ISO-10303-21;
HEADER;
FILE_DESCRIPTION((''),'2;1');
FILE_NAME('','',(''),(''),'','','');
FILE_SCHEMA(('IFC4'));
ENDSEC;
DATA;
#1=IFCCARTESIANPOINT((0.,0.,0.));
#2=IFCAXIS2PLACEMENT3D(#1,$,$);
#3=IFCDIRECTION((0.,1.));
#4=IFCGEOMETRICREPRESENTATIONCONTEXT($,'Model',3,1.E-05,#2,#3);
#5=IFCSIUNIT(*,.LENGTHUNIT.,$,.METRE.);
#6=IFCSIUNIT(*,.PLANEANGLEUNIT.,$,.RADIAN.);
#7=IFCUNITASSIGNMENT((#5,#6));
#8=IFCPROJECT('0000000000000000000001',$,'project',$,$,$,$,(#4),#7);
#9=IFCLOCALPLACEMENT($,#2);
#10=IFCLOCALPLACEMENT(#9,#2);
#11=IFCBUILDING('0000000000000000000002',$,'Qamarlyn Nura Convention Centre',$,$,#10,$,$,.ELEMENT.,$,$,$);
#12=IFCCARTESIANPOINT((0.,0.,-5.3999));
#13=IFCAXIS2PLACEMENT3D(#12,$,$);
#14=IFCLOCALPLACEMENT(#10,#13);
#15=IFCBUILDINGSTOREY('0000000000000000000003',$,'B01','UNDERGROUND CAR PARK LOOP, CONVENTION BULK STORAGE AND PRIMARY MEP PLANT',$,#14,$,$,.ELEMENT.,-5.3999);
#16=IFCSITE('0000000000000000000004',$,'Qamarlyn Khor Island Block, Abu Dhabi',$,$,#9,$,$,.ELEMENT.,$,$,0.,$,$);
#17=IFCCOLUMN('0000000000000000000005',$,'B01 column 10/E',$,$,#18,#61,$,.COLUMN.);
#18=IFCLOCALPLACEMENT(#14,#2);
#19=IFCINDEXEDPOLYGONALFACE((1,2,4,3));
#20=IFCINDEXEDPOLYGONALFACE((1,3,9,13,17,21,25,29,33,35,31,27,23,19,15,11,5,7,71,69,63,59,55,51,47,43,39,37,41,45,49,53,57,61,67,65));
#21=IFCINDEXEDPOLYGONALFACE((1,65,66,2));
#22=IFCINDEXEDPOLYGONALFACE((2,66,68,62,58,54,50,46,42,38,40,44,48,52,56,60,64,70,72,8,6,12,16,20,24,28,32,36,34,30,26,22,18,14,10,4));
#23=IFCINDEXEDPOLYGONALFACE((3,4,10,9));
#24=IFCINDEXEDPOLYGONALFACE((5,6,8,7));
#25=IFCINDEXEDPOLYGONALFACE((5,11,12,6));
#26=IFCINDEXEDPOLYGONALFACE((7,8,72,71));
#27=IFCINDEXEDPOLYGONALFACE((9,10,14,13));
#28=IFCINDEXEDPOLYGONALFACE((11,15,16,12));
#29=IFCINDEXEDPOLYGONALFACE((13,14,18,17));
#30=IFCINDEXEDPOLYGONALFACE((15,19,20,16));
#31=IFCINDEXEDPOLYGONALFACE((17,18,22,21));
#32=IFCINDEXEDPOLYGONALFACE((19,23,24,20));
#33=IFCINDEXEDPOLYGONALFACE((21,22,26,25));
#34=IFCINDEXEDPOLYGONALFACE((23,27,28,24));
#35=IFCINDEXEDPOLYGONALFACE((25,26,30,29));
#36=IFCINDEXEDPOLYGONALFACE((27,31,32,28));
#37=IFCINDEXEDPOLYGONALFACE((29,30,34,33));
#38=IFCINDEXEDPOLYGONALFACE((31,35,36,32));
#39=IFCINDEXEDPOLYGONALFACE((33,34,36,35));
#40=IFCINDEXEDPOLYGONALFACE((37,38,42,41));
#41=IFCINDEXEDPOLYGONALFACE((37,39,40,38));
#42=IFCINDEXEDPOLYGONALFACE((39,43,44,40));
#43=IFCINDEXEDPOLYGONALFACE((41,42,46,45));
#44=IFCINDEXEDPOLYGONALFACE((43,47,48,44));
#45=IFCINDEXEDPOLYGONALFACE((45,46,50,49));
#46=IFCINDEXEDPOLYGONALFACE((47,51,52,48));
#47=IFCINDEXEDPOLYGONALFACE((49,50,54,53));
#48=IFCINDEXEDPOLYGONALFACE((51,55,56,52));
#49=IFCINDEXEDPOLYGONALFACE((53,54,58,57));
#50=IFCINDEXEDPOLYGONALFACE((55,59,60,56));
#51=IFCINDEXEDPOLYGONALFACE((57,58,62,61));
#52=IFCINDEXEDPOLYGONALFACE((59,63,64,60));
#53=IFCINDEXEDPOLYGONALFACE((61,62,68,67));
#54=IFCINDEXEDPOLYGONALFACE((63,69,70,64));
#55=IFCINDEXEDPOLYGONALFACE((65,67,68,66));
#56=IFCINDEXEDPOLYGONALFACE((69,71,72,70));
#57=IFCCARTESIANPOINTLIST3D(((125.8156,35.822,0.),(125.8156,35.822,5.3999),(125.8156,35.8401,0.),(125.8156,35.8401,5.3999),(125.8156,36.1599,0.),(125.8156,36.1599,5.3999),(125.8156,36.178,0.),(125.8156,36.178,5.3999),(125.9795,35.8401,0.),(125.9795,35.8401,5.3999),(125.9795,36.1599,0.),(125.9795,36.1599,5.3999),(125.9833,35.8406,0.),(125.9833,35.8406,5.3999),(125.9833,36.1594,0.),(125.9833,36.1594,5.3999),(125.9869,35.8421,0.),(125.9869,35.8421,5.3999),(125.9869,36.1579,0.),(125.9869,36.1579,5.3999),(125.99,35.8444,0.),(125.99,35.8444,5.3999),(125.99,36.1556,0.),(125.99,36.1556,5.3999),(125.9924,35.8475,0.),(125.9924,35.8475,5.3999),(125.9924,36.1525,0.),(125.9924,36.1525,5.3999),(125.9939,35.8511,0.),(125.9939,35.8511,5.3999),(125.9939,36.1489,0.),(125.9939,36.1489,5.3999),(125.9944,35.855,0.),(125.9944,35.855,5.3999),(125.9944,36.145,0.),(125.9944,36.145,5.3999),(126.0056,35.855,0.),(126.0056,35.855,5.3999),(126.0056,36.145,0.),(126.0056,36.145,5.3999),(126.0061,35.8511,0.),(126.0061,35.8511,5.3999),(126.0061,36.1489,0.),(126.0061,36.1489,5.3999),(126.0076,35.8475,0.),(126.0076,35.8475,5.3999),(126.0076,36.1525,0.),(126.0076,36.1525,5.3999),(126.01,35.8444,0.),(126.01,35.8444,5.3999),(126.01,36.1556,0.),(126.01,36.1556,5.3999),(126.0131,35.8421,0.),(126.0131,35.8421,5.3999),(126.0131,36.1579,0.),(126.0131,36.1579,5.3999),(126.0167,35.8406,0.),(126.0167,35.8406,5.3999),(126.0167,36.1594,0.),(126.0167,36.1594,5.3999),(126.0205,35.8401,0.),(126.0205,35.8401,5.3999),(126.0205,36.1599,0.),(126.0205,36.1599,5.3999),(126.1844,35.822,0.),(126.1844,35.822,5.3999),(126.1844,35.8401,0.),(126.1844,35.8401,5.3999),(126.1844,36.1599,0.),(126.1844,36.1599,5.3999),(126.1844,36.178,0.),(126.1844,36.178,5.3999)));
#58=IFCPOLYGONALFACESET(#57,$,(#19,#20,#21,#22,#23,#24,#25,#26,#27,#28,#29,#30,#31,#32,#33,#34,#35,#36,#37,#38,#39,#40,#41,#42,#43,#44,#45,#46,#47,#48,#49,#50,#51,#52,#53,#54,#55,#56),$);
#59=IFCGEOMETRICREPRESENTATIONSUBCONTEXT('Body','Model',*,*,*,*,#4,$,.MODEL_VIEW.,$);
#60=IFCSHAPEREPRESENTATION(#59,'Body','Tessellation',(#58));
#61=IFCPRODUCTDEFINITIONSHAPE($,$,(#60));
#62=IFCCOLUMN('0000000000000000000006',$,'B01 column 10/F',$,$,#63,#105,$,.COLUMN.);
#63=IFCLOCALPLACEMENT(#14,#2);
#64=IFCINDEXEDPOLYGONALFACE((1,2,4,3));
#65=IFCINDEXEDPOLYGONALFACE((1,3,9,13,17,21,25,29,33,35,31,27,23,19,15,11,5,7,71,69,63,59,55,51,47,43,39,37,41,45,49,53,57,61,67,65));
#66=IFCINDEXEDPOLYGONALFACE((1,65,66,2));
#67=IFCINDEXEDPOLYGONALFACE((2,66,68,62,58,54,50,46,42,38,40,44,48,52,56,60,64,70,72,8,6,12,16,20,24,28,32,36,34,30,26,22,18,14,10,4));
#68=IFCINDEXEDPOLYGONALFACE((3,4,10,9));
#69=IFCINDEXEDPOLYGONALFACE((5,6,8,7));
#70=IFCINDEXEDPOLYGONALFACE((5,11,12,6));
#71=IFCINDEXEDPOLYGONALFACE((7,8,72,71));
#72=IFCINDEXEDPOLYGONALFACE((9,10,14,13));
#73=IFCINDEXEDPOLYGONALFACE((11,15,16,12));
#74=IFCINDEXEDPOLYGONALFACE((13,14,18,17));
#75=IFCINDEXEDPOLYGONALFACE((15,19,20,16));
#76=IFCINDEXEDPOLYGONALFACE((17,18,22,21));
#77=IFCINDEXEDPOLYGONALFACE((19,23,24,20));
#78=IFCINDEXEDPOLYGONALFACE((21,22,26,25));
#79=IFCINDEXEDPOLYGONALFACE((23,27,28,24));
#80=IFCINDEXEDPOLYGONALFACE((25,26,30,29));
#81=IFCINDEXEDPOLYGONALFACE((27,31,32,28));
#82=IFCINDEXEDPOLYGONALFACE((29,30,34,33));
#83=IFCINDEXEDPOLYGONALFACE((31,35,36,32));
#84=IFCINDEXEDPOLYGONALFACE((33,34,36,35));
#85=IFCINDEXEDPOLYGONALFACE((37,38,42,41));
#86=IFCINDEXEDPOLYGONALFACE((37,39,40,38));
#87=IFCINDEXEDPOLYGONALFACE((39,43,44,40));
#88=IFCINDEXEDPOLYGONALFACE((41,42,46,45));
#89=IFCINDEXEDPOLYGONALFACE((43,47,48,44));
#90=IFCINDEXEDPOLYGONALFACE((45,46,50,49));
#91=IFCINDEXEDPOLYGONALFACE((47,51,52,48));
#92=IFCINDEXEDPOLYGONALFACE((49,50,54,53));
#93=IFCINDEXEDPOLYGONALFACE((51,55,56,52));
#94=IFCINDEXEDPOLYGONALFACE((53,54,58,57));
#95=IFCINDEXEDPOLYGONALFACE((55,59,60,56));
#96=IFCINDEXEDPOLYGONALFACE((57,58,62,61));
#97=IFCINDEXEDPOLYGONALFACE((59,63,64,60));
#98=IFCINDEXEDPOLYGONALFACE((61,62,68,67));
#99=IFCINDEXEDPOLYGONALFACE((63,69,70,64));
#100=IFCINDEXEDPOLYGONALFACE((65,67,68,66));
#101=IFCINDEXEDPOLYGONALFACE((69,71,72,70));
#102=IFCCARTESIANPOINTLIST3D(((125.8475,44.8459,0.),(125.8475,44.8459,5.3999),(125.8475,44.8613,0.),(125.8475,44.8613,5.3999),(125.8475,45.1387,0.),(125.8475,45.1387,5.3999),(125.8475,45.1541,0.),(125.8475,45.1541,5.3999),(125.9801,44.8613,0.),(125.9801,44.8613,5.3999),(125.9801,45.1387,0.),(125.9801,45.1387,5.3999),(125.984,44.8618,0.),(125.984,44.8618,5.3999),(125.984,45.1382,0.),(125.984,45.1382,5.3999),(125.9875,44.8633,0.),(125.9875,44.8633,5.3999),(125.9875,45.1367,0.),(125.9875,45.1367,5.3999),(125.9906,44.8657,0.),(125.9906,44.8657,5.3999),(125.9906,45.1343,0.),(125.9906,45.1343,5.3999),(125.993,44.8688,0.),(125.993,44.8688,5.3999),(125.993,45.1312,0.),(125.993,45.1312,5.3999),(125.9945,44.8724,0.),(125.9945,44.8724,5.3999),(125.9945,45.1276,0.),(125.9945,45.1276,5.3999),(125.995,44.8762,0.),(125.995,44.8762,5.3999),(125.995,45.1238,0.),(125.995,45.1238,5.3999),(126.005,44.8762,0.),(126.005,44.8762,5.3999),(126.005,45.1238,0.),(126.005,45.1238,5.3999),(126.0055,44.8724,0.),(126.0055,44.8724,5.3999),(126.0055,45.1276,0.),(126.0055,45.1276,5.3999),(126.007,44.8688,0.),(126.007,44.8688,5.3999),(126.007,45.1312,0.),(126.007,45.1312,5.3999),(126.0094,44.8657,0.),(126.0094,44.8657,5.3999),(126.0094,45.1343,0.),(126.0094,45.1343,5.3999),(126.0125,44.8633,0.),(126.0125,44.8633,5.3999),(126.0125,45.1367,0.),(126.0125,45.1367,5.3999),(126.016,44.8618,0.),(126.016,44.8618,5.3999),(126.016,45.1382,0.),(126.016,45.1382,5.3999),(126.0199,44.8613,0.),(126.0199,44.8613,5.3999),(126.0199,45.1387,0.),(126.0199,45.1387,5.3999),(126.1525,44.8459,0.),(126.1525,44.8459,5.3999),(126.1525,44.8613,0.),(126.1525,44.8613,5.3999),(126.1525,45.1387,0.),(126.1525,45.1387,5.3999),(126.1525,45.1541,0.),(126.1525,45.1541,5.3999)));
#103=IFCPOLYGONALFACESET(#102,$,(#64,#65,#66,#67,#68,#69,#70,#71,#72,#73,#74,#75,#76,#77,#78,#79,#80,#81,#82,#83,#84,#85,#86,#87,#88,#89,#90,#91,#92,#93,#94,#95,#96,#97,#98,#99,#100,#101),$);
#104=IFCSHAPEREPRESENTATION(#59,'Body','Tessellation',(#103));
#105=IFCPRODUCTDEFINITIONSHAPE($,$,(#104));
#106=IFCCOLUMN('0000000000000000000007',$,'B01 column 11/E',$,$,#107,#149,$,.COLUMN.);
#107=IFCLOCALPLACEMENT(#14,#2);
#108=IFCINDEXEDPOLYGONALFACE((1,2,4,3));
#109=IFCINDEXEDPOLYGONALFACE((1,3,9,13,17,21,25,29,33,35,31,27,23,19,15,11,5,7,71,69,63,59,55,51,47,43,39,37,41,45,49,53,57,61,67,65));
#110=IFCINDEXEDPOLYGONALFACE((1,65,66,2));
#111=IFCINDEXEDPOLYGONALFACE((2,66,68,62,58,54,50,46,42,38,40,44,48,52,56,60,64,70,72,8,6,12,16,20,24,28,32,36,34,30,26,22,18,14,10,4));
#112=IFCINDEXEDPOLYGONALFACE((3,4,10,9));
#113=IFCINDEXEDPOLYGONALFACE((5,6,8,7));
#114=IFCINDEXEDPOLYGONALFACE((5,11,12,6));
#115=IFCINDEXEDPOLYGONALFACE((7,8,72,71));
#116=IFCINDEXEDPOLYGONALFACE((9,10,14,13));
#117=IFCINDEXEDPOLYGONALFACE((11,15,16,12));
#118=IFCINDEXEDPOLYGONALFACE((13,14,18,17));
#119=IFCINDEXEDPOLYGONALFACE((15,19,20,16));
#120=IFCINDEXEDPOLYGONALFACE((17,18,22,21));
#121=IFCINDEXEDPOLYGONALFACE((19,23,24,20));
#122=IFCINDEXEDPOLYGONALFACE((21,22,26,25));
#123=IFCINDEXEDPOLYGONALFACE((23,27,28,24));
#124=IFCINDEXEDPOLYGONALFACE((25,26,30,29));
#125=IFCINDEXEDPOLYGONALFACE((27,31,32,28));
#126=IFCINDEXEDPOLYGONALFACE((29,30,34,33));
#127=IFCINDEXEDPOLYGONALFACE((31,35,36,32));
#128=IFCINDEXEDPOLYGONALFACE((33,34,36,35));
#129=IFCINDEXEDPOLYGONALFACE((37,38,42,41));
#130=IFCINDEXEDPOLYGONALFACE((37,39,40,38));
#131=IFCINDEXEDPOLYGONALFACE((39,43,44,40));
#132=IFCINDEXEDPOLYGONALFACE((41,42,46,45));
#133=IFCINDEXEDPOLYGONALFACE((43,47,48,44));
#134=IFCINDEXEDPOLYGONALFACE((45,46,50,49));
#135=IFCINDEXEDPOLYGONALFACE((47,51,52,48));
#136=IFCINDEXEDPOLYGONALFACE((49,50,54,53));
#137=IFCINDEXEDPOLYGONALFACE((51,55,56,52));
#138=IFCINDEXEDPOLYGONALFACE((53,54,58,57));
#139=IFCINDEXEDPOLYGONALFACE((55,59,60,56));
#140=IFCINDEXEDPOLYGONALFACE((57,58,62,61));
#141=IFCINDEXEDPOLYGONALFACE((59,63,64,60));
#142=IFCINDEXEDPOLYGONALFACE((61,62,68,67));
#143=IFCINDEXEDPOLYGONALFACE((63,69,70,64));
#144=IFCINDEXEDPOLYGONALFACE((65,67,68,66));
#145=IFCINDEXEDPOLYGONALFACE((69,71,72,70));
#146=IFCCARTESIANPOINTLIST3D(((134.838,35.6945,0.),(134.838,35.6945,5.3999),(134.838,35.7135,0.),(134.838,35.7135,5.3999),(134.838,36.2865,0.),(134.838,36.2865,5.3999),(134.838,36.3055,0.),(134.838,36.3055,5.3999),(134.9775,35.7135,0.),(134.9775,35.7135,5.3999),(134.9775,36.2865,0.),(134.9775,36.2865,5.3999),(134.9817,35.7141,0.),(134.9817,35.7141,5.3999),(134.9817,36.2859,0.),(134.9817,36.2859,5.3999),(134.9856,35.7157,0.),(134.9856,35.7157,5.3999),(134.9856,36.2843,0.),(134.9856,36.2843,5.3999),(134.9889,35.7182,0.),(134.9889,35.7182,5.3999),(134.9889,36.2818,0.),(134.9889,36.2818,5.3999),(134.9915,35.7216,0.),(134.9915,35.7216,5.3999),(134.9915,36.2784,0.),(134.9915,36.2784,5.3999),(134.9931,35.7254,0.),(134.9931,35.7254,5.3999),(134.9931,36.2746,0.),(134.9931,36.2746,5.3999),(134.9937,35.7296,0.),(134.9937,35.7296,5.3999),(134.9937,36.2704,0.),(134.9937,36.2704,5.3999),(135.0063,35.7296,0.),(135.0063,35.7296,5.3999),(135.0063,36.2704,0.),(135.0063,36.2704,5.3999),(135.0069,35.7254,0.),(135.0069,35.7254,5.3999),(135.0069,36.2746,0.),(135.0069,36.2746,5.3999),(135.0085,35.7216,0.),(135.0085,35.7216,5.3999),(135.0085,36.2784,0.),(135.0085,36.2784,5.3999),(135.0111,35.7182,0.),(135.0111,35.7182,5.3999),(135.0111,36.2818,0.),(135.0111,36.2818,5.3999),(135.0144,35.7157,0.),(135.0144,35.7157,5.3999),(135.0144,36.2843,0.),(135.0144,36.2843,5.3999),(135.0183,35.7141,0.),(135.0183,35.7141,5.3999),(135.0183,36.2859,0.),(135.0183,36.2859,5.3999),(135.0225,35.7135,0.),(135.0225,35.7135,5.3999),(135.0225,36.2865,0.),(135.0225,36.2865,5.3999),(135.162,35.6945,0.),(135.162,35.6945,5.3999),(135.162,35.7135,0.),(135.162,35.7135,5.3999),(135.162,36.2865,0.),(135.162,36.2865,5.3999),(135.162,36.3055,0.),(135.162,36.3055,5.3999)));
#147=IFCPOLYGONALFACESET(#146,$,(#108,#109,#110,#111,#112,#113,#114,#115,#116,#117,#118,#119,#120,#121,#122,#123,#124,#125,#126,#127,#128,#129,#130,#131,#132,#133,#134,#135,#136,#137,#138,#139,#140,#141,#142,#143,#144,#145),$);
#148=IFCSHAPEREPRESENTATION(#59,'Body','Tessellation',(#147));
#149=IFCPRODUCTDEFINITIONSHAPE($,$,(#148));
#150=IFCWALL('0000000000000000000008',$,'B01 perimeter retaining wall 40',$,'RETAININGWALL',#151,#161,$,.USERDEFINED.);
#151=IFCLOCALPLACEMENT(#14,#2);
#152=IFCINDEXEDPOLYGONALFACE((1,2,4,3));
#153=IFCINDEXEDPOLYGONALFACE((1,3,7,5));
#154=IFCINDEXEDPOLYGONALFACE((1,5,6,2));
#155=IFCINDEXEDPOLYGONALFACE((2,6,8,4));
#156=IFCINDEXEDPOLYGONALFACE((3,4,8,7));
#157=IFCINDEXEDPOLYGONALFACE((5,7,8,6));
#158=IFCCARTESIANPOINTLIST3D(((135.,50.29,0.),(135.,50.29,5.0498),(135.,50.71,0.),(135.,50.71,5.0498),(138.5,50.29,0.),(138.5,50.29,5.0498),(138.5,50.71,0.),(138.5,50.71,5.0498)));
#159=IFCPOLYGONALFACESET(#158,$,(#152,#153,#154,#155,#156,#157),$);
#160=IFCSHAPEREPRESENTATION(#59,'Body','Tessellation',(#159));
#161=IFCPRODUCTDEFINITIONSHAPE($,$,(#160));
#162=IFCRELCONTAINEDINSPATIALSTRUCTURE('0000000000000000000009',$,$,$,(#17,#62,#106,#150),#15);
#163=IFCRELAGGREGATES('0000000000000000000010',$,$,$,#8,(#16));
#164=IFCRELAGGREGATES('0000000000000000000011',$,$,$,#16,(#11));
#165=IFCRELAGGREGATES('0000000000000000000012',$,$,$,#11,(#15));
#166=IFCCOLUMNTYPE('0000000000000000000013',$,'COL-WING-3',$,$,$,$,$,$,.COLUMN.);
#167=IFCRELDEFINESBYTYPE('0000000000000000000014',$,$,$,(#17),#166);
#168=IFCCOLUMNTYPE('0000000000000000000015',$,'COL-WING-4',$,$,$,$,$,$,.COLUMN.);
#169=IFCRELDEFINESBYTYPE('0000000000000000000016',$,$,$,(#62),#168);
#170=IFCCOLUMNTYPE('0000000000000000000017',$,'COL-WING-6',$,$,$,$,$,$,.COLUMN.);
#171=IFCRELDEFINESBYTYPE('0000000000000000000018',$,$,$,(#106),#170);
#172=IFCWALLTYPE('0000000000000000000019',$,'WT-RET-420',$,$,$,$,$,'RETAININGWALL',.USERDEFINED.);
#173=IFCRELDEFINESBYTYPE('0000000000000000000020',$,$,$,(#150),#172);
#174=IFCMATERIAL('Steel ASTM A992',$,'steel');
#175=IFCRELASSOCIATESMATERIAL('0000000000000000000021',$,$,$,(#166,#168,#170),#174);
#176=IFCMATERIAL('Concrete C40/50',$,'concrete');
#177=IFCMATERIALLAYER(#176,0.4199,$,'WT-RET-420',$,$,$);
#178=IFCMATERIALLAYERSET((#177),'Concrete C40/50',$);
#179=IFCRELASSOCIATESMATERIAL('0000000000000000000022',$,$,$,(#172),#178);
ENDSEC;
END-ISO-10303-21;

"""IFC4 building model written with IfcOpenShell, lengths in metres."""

from ifc_helpers import new_model, si_unit, direction, frame, frame_2d, origin, origin_2d, place, context, subcontext, project, spatial, rectangle, i_section, extrude, material, layer, layer_set, material_profile, profile_set, type_object, element, save


model = new_model("IFC4")

# Units and contexts
model_context = context("Model", 3, precision=1e-05, world=origin(), true_north=direction((0.0, 1.0)))
body_context = subcontext(model_context, "Body", "Model", "MODEL_VIEW")
ifc_project = project(units=[si_unit("LENGTHUNIT", "METRE"), si_unit("PLANEANGLEUNIT", "RADIAN")], contexts=[model_context])

# Site, building, storey
site_placement = place(None, origin())
site = spatial("IfcSite", under=ifc_project, at=site_placement, Name="Qamarlyn Khor Island Block, Abu Dhabi", CompositionType="ELEMENT", RefElevation=0.0)
building_placement = place(site_placement, origin())
building = spatial("IfcBuilding", under=site, at=building_placement, Name="Qamarlyn Nura Convention Centre", CompositionType="ELEMENT")
storey_placement = place(building_placement, frame((0.0, 0.0, -5.3999)))
storey = spatial("IfcBuildingStorey", under=building, at=storey_placement, Name="B01", Description="UNDERGROUND CAR PARK LOOP, CONVENTION BULK STORAGE AND PRIMARY MEP PLANT", CompositionType="ELEMENT", Elevation=-5.3999)

# Shared definitions
ifc_material_1 = material(Name="Concrete C40/50", Category="concrete")

# Columns
ifc_material_2 = material(Name="Steel ASTM A992", Category="steel")
ifc_material_profile_1 = material_profile(ifc_material_2, i_section(OverallWidth=0.3689, OverallDepth=0.356, WebThickness=0.0112, FlangeThickness=0.0181, FilletRadius=0.0149, at=origin_2d()), Name="W360X134")
ifc_profile_set_1 = profile_set([ifc_material_profile_1], Name="Steel ASTM A992")
column_type_1 = type_object("IfcColumnType", Name="COL-WING-3", PredefinedType="COLUMN", material=ifc_profile_set_1)
column_1_placement = place(storey_placement, frame((126.0, 36.0, 0.0), z_axis=(0.0, 0.0, 1.0), x_axis=(1.0, 0.0, 0.0)))
element("IfcColumn", 1, at=column_1_placement, inside=storey, type_object=column_type_1, Name="B01 column 10/E", PredefinedType="COLUMN", context=body_context, shape_type="SweptSolid", body=[
    extrude(i_section(OverallWidth=0.3689, OverallDepth=0.356, WebThickness=0.0112, FlangeThickness=0.0181, FilletRadius=0.0149, at=origin_2d()), origin(), (0.0, 0.0, 1.0), 5.3999),
])
ifc_material_profile_2 = material_profile(ifc_material_2, i_section(OverallWidth=0.3049, OverallDepth=0.3081, WebThickness=0.01, FlangeThickness=0.0154, FilletRadius=0.0149, at=origin_2d()), Name="W310X97")
ifc_profile_set_2 = profile_set([ifc_material_profile_2], Name="Steel ASTM A992")
column_type_2 = type_object("IfcColumnType", Name="COL-WING-4", PredefinedType="COLUMN", material=ifc_profile_set_2)
column_2_placement = place(storey_placement, frame((126.0, 45.0, 0.0), z_axis=(0.0, 0.0, 1.0), x_axis=(1.0, 0.0, 0.0)))
element("IfcColumn", 2, at=column_2_placement, inside=storey, type_object=column_type_2, Name="B01 column 10/F", PredefinedType="COLUMN", context=body_context, shape_type="SweptSolid", body=[
    extrude(i_section(OverallWidth=0.3049, OverallDepth=0.3081, WebThickness=0.01, FlangeThickness=0.0154, FilletRadius=0.0149, at=origin_2d()), origin(), (0.0, 0.0, 1.0), 5.3999),
])
ifc_material_profile_3 = material_profile(ifc_material_2, i_section(OverallWidth=0.324, OverallDepth=0.6111, WebThickness=0.0127, FlangeThickness=0.019, FilletRadius=0.0161, at=origin_2d()), Name="W610X155")
ifc_profile_set_3 = profile_set([ifc_material_profile_3], Name="Steel ASTM A992")
column_type_3 = type_object("IfcColumnType", Name="COL-WING-6", PredefinedType="COLUMN", material=ifc_profile_set_3)
column_3_placement = place(storey_placement, frame((135.0, 36.0, 0.0), z_axis=(0.0, 0.0, 1.0), x_axis=(1.0, 0.0, 0.0)))
element("IfcColumn", 3, at=column_3_placement, inside=storey, type_object=column_type_3, Name="B01 column 11/E", PredefinedType="COLUMN", context=body_context, shape_type="SweptSolid", body=[
    extrude(i_section(OverallWidth=0.324, OverallDepth=0.6111, WebThickness=0.0127, FlangeThickness=0.019, FilletRadius=0.0161, at=origin_2d()), origin(), (0.0, 0.0, 1.0), 5.3999),
])

# Wall
ifc_layer = layer(ifc_material_1, 0.4199, Name="WT-RET-420")
ifc_layer_set = layer_set([ifc_layer], Name="Concrete C40/50")
wall_type = type_object("IfcWallType", Name="WT-RET-420", ElementType="RETAININGWALL", PredefinedType="USERDEFINED", material=ifc_layer_set)
wall_placement = place(storey_placement, frame((135.0, 50.5, 0.0), z_axis=(0.0, 0.0, 1.0), x_axis=(1.0, 0.0, 0.0)))
element("IfcWall", 4, at=wall_placement, inside=storey, type_object=wall_type, Name="B01 perimeter retaining wall 40", ObjectType="RETAININGWALL", PredefinedType="USERDEFINED", context=body_context, shape_type="SweptSolid", body=[
    extrude(rectangle(XDim=3.5, YDim=0.4199, at=frame_2d((1.75, 0.0))), origin(), (0.0, 0.0, 1.0), 5.0498),
])

save(model, "model.ifc")
